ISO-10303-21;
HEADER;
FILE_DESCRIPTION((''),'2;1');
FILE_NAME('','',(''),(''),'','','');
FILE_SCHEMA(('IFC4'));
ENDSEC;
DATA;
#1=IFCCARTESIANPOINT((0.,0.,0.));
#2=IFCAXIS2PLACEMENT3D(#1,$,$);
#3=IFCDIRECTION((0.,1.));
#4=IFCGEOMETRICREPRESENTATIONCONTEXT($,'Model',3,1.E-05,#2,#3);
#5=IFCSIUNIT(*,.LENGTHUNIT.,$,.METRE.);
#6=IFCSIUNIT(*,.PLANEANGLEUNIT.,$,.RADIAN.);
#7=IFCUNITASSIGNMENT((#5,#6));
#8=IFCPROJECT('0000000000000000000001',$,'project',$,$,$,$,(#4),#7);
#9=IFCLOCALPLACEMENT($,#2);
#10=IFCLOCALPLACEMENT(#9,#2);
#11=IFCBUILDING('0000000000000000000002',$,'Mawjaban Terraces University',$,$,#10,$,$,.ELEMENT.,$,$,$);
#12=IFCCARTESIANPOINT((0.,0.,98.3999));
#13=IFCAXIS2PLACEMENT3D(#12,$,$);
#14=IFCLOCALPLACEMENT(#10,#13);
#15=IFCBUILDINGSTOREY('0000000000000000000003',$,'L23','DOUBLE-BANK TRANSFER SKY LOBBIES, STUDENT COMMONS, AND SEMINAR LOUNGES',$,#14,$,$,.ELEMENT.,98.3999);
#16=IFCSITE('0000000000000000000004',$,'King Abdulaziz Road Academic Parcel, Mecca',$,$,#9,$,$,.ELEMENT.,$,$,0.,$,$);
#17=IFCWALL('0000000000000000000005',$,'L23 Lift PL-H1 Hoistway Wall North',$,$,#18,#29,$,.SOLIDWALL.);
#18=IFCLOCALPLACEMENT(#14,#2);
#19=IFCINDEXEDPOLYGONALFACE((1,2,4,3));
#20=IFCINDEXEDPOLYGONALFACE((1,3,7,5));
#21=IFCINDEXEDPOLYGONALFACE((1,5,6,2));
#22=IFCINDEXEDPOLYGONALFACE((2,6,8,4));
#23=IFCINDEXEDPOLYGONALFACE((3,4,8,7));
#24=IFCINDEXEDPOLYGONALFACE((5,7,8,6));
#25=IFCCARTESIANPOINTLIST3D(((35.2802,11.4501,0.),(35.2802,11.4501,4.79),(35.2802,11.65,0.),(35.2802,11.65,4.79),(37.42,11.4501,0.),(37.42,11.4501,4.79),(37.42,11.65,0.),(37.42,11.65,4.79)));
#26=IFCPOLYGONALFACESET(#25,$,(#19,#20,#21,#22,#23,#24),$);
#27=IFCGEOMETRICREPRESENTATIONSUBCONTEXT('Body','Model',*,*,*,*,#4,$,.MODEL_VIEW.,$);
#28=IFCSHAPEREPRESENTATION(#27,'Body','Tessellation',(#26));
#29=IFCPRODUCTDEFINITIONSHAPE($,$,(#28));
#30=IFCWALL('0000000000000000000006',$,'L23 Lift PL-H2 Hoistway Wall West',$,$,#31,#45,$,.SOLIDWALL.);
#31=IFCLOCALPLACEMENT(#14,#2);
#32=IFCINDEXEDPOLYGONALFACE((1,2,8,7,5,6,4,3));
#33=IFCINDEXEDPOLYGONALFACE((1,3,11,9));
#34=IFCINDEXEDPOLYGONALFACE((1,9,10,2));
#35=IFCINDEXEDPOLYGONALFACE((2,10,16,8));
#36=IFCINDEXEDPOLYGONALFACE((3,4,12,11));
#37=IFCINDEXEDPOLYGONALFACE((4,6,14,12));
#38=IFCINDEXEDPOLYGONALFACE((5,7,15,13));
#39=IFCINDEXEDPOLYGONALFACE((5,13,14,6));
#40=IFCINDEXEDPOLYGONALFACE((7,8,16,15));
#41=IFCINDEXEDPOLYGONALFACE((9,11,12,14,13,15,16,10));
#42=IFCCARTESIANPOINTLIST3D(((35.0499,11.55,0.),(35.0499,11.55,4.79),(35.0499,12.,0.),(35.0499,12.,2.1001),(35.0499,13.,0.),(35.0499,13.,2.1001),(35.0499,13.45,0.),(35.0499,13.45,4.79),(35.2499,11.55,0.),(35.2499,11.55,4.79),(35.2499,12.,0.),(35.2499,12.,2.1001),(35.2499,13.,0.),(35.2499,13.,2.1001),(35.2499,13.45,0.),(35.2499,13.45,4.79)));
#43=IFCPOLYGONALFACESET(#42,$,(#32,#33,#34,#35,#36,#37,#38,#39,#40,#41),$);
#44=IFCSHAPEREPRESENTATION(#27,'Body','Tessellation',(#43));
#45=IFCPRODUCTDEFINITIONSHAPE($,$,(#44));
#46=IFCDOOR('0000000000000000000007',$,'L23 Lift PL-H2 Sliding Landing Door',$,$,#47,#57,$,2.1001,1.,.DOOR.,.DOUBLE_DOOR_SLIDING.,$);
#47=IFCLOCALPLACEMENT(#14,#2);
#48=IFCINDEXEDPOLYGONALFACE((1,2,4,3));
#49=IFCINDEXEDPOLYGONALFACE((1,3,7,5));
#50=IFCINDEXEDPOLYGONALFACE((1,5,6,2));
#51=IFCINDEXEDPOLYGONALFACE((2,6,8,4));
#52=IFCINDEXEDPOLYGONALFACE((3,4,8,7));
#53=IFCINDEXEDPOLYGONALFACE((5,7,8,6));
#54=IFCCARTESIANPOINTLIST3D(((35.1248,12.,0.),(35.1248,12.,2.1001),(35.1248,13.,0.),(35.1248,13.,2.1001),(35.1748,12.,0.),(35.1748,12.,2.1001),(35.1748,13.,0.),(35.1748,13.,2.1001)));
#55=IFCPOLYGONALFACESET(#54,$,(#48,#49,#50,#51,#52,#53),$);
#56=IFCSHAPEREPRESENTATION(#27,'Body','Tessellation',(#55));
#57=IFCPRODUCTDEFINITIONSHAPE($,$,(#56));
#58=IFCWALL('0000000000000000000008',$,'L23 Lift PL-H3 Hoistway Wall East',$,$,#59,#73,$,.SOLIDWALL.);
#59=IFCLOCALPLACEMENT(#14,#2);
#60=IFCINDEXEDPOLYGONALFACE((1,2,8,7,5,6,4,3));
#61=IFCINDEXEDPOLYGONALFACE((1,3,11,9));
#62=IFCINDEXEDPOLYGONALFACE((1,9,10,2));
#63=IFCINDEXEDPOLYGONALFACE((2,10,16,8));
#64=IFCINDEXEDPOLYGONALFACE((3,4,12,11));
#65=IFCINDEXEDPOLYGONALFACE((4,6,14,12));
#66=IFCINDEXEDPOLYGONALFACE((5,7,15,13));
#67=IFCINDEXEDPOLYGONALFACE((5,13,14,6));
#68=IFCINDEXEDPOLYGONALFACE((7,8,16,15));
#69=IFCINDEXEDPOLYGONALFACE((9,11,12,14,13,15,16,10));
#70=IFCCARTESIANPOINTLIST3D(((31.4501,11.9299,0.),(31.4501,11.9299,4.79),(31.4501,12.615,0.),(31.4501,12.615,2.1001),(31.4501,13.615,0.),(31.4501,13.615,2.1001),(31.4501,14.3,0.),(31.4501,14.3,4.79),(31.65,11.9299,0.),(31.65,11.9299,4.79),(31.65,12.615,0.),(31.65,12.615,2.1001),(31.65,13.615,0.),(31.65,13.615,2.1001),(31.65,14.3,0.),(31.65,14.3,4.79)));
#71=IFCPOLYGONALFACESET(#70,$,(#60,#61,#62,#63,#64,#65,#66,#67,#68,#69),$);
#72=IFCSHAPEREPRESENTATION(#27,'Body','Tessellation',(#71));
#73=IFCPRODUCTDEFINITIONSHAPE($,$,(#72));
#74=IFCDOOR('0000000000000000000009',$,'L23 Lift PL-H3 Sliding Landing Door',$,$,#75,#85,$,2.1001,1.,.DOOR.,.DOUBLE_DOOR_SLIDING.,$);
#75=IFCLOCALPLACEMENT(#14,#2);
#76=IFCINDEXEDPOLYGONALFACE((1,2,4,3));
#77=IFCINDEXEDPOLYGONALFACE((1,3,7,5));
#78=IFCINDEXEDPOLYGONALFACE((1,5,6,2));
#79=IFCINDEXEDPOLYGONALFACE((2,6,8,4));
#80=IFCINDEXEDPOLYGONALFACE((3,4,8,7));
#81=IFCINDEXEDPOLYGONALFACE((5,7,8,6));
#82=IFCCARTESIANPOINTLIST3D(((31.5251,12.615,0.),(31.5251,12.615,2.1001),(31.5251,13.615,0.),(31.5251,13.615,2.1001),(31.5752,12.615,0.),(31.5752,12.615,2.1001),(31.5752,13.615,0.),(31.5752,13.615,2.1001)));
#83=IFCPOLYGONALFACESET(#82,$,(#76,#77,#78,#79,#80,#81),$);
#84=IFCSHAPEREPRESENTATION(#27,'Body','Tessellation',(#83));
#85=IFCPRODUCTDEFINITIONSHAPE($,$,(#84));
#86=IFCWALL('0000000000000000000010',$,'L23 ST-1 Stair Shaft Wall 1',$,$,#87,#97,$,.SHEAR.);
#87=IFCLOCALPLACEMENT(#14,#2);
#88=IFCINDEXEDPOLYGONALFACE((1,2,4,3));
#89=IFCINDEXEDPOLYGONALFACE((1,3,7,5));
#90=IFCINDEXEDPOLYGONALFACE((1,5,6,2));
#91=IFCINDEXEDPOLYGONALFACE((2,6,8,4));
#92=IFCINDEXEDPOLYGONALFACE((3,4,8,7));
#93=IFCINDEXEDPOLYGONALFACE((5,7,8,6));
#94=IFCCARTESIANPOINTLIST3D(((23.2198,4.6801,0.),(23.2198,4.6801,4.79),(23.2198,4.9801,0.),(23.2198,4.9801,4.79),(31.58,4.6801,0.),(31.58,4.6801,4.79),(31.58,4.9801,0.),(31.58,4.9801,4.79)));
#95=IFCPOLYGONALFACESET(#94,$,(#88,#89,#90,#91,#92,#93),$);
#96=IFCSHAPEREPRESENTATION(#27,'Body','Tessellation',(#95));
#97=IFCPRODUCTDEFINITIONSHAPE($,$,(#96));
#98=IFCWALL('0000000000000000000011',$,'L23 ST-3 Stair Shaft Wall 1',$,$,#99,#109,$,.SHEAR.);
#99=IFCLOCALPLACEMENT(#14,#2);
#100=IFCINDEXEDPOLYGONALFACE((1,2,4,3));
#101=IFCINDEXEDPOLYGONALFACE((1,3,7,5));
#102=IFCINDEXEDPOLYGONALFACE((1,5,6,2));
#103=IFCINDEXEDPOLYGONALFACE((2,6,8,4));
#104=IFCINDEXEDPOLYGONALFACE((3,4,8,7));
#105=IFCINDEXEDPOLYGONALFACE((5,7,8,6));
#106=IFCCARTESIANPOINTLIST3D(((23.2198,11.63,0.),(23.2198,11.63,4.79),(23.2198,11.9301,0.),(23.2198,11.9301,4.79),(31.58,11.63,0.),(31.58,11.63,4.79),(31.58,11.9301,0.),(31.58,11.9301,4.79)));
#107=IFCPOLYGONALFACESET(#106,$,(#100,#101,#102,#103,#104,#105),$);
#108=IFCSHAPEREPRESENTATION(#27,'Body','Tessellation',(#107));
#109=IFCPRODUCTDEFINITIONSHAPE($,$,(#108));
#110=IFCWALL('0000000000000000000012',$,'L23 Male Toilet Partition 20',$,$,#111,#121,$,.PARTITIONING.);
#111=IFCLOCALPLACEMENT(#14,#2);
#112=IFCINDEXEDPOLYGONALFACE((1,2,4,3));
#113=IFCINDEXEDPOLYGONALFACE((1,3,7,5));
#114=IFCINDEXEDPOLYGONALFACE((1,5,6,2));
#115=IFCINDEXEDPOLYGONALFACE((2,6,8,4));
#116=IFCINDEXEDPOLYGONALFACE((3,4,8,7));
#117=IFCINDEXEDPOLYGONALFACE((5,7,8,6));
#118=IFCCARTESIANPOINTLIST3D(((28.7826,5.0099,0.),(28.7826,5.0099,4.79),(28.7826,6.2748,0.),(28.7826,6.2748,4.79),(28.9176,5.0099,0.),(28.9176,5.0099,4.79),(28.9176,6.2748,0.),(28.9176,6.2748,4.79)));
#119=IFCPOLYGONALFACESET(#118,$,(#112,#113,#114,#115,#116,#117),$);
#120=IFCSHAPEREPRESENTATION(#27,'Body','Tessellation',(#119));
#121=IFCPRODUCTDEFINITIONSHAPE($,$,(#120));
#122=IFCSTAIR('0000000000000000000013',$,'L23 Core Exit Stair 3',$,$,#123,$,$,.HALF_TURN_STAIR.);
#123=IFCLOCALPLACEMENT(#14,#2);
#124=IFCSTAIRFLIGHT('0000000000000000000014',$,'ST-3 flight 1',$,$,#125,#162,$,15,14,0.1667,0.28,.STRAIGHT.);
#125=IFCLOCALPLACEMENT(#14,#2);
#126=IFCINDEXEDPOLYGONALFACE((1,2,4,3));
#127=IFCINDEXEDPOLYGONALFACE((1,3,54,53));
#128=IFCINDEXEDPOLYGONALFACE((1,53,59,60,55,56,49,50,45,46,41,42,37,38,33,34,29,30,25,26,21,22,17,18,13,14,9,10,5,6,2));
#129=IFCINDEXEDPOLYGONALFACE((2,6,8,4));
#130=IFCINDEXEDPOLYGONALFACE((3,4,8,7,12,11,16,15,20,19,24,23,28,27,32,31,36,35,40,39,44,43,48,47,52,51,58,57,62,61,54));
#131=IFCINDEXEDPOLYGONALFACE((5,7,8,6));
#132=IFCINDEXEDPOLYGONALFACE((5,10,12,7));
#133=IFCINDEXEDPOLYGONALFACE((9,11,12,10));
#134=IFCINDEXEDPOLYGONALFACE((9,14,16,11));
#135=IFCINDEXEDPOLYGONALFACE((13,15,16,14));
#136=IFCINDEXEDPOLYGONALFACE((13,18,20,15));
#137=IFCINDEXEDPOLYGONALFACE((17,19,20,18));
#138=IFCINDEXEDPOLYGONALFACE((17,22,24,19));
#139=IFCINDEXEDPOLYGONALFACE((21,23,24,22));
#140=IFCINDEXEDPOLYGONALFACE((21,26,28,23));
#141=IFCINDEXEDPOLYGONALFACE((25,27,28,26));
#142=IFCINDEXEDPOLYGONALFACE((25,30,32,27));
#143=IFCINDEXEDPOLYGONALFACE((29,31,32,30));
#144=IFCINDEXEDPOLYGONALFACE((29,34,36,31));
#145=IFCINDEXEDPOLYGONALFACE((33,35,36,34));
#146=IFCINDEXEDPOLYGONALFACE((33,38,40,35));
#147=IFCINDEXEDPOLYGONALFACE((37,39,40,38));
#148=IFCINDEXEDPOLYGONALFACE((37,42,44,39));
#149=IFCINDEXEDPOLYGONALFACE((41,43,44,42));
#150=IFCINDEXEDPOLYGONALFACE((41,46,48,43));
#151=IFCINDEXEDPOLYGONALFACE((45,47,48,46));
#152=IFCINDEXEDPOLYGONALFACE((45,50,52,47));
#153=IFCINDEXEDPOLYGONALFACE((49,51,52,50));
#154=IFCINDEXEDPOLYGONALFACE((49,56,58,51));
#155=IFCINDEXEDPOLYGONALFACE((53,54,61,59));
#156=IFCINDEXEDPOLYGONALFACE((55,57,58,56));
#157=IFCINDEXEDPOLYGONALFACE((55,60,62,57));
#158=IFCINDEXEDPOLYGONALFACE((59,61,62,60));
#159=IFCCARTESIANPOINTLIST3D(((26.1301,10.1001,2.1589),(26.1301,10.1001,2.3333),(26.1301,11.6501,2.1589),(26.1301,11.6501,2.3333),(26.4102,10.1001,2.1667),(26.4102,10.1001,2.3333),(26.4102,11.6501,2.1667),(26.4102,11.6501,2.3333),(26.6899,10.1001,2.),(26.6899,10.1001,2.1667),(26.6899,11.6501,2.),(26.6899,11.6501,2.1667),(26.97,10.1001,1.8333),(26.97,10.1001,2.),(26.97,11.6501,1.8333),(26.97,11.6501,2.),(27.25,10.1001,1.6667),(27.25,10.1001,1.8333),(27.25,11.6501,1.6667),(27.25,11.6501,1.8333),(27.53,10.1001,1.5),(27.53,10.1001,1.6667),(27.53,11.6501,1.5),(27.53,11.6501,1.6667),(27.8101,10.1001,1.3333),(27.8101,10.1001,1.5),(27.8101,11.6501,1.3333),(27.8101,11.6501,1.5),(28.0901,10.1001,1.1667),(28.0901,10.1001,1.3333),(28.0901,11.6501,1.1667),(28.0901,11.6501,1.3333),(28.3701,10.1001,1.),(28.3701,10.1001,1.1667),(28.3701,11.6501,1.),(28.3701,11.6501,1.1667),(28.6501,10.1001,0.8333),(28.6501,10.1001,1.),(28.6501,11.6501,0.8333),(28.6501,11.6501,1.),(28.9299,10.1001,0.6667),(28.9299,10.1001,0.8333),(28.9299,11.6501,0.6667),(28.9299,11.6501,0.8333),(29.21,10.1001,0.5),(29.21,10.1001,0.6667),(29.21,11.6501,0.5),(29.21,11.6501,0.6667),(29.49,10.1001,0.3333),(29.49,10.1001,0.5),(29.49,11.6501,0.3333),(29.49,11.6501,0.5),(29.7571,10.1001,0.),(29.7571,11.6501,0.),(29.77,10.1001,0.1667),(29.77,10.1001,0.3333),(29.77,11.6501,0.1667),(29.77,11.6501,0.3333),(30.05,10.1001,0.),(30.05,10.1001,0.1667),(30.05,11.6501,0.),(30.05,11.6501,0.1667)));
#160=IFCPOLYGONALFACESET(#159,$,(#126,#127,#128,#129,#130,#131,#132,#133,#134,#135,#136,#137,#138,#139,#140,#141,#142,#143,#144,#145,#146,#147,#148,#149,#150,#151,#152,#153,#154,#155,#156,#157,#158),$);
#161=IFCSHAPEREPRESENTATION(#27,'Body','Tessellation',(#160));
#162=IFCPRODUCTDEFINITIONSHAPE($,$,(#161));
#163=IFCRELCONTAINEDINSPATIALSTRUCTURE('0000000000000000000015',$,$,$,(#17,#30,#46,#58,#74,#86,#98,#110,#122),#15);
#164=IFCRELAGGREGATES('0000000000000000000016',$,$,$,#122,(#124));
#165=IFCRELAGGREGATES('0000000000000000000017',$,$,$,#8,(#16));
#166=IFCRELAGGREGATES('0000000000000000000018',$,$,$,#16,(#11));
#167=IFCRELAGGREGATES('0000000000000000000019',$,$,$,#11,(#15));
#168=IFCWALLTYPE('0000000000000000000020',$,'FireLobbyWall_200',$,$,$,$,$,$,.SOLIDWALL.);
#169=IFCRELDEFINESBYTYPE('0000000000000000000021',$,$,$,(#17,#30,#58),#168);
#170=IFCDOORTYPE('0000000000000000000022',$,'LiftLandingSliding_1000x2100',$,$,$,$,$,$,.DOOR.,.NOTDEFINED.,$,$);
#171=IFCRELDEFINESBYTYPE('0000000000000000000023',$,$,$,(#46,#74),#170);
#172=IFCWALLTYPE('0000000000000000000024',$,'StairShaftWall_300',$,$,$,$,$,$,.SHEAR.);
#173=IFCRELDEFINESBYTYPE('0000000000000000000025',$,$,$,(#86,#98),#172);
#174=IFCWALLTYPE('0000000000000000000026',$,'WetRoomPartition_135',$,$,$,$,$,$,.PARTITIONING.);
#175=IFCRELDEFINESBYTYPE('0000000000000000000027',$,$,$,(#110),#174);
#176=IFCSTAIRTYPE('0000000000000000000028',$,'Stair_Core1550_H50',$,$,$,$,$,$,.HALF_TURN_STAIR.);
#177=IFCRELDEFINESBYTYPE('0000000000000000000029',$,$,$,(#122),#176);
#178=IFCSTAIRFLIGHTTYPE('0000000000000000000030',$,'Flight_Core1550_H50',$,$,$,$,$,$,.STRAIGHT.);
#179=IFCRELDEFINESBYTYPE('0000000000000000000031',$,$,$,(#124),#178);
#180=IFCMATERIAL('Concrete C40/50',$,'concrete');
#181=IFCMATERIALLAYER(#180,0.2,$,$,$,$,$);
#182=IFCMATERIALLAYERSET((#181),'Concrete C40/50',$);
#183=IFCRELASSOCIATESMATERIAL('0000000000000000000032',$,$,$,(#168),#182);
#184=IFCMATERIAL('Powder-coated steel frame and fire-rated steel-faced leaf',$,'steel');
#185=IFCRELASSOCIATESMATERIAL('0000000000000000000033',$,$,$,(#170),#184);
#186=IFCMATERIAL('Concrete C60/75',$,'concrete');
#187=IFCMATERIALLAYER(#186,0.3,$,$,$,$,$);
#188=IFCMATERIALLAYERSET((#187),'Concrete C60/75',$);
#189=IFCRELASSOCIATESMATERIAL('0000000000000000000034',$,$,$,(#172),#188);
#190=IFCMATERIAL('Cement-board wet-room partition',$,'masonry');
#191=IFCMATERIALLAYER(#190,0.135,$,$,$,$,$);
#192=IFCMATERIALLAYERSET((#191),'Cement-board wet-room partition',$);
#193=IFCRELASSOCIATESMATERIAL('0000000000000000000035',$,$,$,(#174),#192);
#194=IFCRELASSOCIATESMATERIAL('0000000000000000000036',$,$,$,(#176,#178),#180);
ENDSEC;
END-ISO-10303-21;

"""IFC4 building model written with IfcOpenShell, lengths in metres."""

from ifc_helpers import new_model, si_unit, direction, frame, frame_2d, origin, place, context, subcontext, project, spatial, polyline, rectangle, outline, extrude, material, layer, layer_set, type_object, element, fill, aggregate, save


model = new_model("IFC4")

# Units and contexts
model_context = context("Model", 3, precision=1e-05, world=origin(), true_north=direction((0.0, 1.0)))
body_context = subcontext(model_context, "Body", "Model", "MODEL_VIEW")
ifc_project = project(units=[si_unit("LENGTHUNIT", "METRE"), si_unit("PLANEANGLEUNIT", "RADIAN")], contexts=[model_context])

# Site, building, storey
site_placement = place(None, origin())
site = spatial("IfcSite", under=ifc_project, at=site_placement, Name="King Abdulaziz Road Academic Parcel, Mecca", CompositionType="ELEMENT", RefElevation=0.0)
building_placement = place(site_placement, origin())
building = spatial("IfcBuilding", under=site, at=building_placement, Name="Mawjaban Terraces University", CompositionType="ELEMENT")
storey_placement = place(building_placement, frame((0.0, 0.0, 98.3999)))
storey = spatial("IfcBuildingStorey", under=building, at=storey_placement, Name="L23", Description="DOUBLE-BANK TRANSFER SKY LOBBIES, STUDENT COMMONS, AND SEMINAR LOUNGES", CompositionType="ELEMENT", Elevation=98.3999)

# Shared definitions
ifc_material_1 = material(Name="Concrete C60/75", Category="concrete")

# Shared definitions
ifc_material_2 = material(Name="Concrete C40/50", Category="concrete")
ifc_layer_1 = layer(ifc_material_2, 0.2)
ifc_layer_set_1 = layer_set([ifc_layer_1], Name="Concrete C40/50")
wall_type_1 = type_object("IfcWallType", Name="FireLobbyWall_200", PredefinedType="SOLIDWALL", material=ifc_layer_set_1)
ifc_material_3 = material(Name="Powder-coated steel frame and fire-rated steel-faced leaf", Category="steel")
door_type_1 = type_object("IfcDoorType", Name="LiftLandingSliding_1000x2100", OperationType="NOTDEFINED", PredefinedType="DOOR", material=ifc_material_3)

# Wall
for number, where, z_axis, x_axis, name in (
    (1, (37.4199, 11.55, 0.0), (0.0, 0.0, 1.0), (-1.0, 0.0, 0.0), "L23 Lift PL-H1 Hoistway Wall North"),
):
    element("IfcWall", number, at=place(storey_placement, frame(where, z_axis=z_axis, x_axis=x_axis)), inside=storey, type_object=wall_type_1, Name=name, PredefinedType="SOLIDWALL", context=body_context, shape_type="SweptSolid", body=[
        extrude(rectangle(XDim=2.1399, YDim=0.2, at=frame_2d((1.0698, 0.0))), origin(), (0.0, 0.0, 1.0), 4.79),
    ])

# Walls, openings, doors
wall_1_placement = place(storey_placement, frame((35.1499, 13.45, 0.0), z_axis=(0.0, 0.0, 1.0), x_axis=(0.0, -1.0, 0.0)))
wall_1 = element("IfcWall", 2, at=wall_1_placement, inside=storey, type_object=wall_type_1, Name="L23 Lift PL-H2 Hoistway Wall West", PredefinedType="SOLIDWALL", context=body_context, shape_type="SweptSolid", body=[
    extrude(rectangle(XDim=1.8999, YDim=0.2, at=frame_2d((0.95, 0.0))), origin(), (0.0, 0.0, 1.0), 4.79),
])
opening_1_placement = place(wall_1_placement, frame((0.45, 0.0, 0.0)))
opening_1 = element("IfcOpeningElement", 3, at=opening_1_placement, cuts=wall_1, PredefinedType="OPENING", context=body_context, shape_type="SweptSolid", body=[
    extrude(rectangle(XDim=1.0, YDim=2.1001, at=frame_2d((0.5, 1.05))), frame((0.0, 0.1099, 0.0), z_axis=(0.0, -1.0, 0.0), x_axis=(1.0, 0.0, 0.0)), (0.0, 0.0, 1.0), 0.22),
])
door_1_placement = place(opening_1_placement, origin())
door_1 = element("IfcDoor", 4, at=door_1_placement, inside=storey, type_object=door_type_1, Name="L23 Lift PL-H2 Sliding Landing Door", OperationType="DOUBLE_DOOR_SLIDING", OverallHeight=2.1001, OverallWidth=1.0, PredefinedType="DOOR", context=body_context, shape_type="SweptSolid", body=[
    extrude(rectangle(XDim=1.0, YDim=2.1001, at=frame_2d((0.5, 1.05))), frame((0.0, 0.0249, 0.0), z_axis=(0.0, -1.0, 0.0), x_axis=(1.0, 0.0, 0.0)), (0.0, 0.0, 1.0), 0.05),
])
fill(opening_1, door_1)
wall_2_placement = place(storey_placement, frame((31.55, 11.9299, 0.0), z_axis=(0.0, 0.0, 1.0), x_axis=(0.0, 1.0, 0.0)))
wall_2 = element("IfcWall", 5, at=wall_2_placement, inside=storey, type_object=wall_type_1, Name="L23 Lift PL-H3 Hoistway Wall East", PredefinedType="SOLIDWALL", context=body_context, shape_type="SweptSolid", body=[
    extrude(rectangle(XDim=2.3701, YDim=0.2, at=frame_2d((1.1851, 0.0))), origin(), (0.0, 0.0, 1.0), 4.79),
])
opening_2_placement = place(wall_2_placement, frame((0.6851, 0.0, 0.0)))
opening_2 = element("IfcOpeningElement", 6, at=opening_2_placement, cuts=wall_2, PredefinedType="OPENING", context=body_context, shape_type="SweptSolid", body=[
    extrude(rectangle(XDim=1.0, YDim=2.1001, at=frame_2d((0.5, 1.05))), frame((0.0, 0.1099, 0.0), z_axis=(0.0, -1.0, 0.0), x_axis=(1.0, 0.0, 0.0)), (0.0, 0.0, 1.0), 0.22),
])
door_2_placement = place(opening_2_placement, origin())
door_2 = element("IfcDoor", 7, at=door_2_placement, inside=storey, type_object=door_type_1, Name="L23 Lift PL-H3 Sliding Landing Door", OperationType="DOUBLE_DOOR_SLIDING", OverallHeight=2.1001, OverallWidth=1.0, PredefinedType="DOOR", context=body_context, shape_type="SweptSolid", body=[
    extrude(rectangle(XDim=1.0, YDim=2.1001, at=frame_2d((0.5, 1.05))), frame((0.0, 0.0249, 0.0), z_axis=(0.0, -1.0, 0.0), x_axis=(1.0, 0.0, 0.0)), (0.0, 0.0, 1.0), 0.05),
])
fill(opening_2, door_2)

# Walls
ifc_layer_2 = layer(ifc_material_1, 0.3)
ifc_layer_set_2 = layer_set([ifc_layer_2], Name="Concrete C60/75")
wall_type_2 = type_object("IfcWallType", Name="StairShaftWall_300", PredefinedType="SHEAR", material=ifc_layer_set_2)
for number, where, z_axis, x_axis, name in (
    (8, (31.5801, 4.8301, 0.0), (0.0, 0.0, 1.0), (-1.0, 0.0, 0.0), "L23 ST-1 Stair Shaft Wall 1"),
    (9, (31.5801, 11.78, 0.0), (0.0, 0.0, 1.0), (-1.0, 0.0, 0.0), "L23 ST-3 Stair Shaft Wall 1"),
):
    element("IfcWall", number, at=place(storey_placement, frame(where, z_axis=z_axis, x_axis=x_axis)), inside=storey, type_object=wall_type_2, Name=name, PredefinedType="SHEAR", context=body_context, shape_type="SweptSolid", body=[
        extrude(rectangle(XDim=8.3601, YDim=0.3, at=frame_2d((4.1802, 0.0))), origin(), (0.0, 0.0, 1.0), 4.79),
    ])

# Wall
ifc_material_4 = material(Name="Cement-board wet-room partition", Category="masonry")
ifc_layer_3 = layer(ifc_material_4, 0.135)
ifc_layer_set_3 = layer_set([ifc_layer_3], Name="Cement-board wet-room partition")
wall_type_3 = type_object("IfcWallType", Name="WetRoomPartition_135", PredefinedType="PARTITIONING", material=ifc_layer_set_3)
wall_3_placement = place(storey_placement, frame((28.8501, 5.01, 0.0), z_axis=(0.0, 0.0, 1.0), x_axis=(0.0, 1.0, 0.0)))
element("IfcWall", 10, at=wall_3_placement, inside=storey, type_object=wall_type_3, Name="L23 Male Toilet Partition 20", PredefinedType="PARTITIONING", context=body_context, shape_type="SweptSolid", body=[
    extrude(rectangle(XDim=1.2649, YDim=0.135, at=frame_2d((0.6323, 0.0))), origin(), (0.0, 0.0, 1.0), 4.79),
])

# Stair, stair flight
stair_type = type_object("IfcStairType", Name="Stair_Core1550_H50", PredefinedType="HALF_TURN_STAIR", material=ifc_material_2)
stair_placement = place(storey_placement, origin())
stair = element("IfcStair", 11, at=stair_placement, inside=storey, type_object=stair_type, Name="L23 Core Exit Stair 3", PredefinedType="HALF_TURN_STAIR")
stair_flight_type = type_object("IfcStairFlightType", Name="Flight_Core1550_H50", PredefinedType="STRAIGHT", material=ifc_material_2)
stair_flight_1_placement = place(storey_placement, frame((30.05, 10.875, 0.0), z_axis=(0.0, 0.0, 1.0), x_axis=(-1.0, 0.0, 0.0)))
stair_flight_1 = element("IfcStairFlight", 12, at=stair_flight_1_placement, type_object=stair_flight_type, Name="ST-3 flight 1", NumberOfRisers=15, NumberOfTreads=14, PredefinedType="STRAIGHT", RiserHeight=0.1667, TreadLength=0.28, context=body_context, shape_type="SweptSolid", body=[
    extrude(outline(polyline([(0.0, 0.0), (0.0, 0.1667), (0.28, 0.1667), (0.28, 0.3333), (0.5601, 0.3333), (0.5601, 0.5), (0.8401, 0.5), (0.8401, 0.6667), (1.1201, 0.6667), (1.1201, 0.8333), (1.3999, 0.8333), (1.3999, 1.0), (1.6799, 1.0), (1.6799, 1.1667), (1.96, 1.1667), (1.96, 1.3333), (2.24, 1.3333), (2.24, 1.5), (2.52, 1.5), (2.52, 1.6667), (2.8, 1.6667), (2.8, 1.8333), (3.0801, 1.8333), (3.0801, 2.0), (3.3601, 2.0), (3.3601, 2.1667), (3.6399, 2.1667), (3.6399, 2.3333), (3.9199, 2.3333), (3.9199, 2.5), (3.9199, 2.1589), (0.293, 0.0), (0.0, 0.0)])), frame((0.0, 0.7749, 0.0), z_axis=(0.0, -1.0, 0.0), x_axis=(1.0, 0.0, 0.0)), (0.0, 0.0, 1.0), 1.55),
])
aggregate(stair, [stair_flight_1])

save(model, "model.ifc")
